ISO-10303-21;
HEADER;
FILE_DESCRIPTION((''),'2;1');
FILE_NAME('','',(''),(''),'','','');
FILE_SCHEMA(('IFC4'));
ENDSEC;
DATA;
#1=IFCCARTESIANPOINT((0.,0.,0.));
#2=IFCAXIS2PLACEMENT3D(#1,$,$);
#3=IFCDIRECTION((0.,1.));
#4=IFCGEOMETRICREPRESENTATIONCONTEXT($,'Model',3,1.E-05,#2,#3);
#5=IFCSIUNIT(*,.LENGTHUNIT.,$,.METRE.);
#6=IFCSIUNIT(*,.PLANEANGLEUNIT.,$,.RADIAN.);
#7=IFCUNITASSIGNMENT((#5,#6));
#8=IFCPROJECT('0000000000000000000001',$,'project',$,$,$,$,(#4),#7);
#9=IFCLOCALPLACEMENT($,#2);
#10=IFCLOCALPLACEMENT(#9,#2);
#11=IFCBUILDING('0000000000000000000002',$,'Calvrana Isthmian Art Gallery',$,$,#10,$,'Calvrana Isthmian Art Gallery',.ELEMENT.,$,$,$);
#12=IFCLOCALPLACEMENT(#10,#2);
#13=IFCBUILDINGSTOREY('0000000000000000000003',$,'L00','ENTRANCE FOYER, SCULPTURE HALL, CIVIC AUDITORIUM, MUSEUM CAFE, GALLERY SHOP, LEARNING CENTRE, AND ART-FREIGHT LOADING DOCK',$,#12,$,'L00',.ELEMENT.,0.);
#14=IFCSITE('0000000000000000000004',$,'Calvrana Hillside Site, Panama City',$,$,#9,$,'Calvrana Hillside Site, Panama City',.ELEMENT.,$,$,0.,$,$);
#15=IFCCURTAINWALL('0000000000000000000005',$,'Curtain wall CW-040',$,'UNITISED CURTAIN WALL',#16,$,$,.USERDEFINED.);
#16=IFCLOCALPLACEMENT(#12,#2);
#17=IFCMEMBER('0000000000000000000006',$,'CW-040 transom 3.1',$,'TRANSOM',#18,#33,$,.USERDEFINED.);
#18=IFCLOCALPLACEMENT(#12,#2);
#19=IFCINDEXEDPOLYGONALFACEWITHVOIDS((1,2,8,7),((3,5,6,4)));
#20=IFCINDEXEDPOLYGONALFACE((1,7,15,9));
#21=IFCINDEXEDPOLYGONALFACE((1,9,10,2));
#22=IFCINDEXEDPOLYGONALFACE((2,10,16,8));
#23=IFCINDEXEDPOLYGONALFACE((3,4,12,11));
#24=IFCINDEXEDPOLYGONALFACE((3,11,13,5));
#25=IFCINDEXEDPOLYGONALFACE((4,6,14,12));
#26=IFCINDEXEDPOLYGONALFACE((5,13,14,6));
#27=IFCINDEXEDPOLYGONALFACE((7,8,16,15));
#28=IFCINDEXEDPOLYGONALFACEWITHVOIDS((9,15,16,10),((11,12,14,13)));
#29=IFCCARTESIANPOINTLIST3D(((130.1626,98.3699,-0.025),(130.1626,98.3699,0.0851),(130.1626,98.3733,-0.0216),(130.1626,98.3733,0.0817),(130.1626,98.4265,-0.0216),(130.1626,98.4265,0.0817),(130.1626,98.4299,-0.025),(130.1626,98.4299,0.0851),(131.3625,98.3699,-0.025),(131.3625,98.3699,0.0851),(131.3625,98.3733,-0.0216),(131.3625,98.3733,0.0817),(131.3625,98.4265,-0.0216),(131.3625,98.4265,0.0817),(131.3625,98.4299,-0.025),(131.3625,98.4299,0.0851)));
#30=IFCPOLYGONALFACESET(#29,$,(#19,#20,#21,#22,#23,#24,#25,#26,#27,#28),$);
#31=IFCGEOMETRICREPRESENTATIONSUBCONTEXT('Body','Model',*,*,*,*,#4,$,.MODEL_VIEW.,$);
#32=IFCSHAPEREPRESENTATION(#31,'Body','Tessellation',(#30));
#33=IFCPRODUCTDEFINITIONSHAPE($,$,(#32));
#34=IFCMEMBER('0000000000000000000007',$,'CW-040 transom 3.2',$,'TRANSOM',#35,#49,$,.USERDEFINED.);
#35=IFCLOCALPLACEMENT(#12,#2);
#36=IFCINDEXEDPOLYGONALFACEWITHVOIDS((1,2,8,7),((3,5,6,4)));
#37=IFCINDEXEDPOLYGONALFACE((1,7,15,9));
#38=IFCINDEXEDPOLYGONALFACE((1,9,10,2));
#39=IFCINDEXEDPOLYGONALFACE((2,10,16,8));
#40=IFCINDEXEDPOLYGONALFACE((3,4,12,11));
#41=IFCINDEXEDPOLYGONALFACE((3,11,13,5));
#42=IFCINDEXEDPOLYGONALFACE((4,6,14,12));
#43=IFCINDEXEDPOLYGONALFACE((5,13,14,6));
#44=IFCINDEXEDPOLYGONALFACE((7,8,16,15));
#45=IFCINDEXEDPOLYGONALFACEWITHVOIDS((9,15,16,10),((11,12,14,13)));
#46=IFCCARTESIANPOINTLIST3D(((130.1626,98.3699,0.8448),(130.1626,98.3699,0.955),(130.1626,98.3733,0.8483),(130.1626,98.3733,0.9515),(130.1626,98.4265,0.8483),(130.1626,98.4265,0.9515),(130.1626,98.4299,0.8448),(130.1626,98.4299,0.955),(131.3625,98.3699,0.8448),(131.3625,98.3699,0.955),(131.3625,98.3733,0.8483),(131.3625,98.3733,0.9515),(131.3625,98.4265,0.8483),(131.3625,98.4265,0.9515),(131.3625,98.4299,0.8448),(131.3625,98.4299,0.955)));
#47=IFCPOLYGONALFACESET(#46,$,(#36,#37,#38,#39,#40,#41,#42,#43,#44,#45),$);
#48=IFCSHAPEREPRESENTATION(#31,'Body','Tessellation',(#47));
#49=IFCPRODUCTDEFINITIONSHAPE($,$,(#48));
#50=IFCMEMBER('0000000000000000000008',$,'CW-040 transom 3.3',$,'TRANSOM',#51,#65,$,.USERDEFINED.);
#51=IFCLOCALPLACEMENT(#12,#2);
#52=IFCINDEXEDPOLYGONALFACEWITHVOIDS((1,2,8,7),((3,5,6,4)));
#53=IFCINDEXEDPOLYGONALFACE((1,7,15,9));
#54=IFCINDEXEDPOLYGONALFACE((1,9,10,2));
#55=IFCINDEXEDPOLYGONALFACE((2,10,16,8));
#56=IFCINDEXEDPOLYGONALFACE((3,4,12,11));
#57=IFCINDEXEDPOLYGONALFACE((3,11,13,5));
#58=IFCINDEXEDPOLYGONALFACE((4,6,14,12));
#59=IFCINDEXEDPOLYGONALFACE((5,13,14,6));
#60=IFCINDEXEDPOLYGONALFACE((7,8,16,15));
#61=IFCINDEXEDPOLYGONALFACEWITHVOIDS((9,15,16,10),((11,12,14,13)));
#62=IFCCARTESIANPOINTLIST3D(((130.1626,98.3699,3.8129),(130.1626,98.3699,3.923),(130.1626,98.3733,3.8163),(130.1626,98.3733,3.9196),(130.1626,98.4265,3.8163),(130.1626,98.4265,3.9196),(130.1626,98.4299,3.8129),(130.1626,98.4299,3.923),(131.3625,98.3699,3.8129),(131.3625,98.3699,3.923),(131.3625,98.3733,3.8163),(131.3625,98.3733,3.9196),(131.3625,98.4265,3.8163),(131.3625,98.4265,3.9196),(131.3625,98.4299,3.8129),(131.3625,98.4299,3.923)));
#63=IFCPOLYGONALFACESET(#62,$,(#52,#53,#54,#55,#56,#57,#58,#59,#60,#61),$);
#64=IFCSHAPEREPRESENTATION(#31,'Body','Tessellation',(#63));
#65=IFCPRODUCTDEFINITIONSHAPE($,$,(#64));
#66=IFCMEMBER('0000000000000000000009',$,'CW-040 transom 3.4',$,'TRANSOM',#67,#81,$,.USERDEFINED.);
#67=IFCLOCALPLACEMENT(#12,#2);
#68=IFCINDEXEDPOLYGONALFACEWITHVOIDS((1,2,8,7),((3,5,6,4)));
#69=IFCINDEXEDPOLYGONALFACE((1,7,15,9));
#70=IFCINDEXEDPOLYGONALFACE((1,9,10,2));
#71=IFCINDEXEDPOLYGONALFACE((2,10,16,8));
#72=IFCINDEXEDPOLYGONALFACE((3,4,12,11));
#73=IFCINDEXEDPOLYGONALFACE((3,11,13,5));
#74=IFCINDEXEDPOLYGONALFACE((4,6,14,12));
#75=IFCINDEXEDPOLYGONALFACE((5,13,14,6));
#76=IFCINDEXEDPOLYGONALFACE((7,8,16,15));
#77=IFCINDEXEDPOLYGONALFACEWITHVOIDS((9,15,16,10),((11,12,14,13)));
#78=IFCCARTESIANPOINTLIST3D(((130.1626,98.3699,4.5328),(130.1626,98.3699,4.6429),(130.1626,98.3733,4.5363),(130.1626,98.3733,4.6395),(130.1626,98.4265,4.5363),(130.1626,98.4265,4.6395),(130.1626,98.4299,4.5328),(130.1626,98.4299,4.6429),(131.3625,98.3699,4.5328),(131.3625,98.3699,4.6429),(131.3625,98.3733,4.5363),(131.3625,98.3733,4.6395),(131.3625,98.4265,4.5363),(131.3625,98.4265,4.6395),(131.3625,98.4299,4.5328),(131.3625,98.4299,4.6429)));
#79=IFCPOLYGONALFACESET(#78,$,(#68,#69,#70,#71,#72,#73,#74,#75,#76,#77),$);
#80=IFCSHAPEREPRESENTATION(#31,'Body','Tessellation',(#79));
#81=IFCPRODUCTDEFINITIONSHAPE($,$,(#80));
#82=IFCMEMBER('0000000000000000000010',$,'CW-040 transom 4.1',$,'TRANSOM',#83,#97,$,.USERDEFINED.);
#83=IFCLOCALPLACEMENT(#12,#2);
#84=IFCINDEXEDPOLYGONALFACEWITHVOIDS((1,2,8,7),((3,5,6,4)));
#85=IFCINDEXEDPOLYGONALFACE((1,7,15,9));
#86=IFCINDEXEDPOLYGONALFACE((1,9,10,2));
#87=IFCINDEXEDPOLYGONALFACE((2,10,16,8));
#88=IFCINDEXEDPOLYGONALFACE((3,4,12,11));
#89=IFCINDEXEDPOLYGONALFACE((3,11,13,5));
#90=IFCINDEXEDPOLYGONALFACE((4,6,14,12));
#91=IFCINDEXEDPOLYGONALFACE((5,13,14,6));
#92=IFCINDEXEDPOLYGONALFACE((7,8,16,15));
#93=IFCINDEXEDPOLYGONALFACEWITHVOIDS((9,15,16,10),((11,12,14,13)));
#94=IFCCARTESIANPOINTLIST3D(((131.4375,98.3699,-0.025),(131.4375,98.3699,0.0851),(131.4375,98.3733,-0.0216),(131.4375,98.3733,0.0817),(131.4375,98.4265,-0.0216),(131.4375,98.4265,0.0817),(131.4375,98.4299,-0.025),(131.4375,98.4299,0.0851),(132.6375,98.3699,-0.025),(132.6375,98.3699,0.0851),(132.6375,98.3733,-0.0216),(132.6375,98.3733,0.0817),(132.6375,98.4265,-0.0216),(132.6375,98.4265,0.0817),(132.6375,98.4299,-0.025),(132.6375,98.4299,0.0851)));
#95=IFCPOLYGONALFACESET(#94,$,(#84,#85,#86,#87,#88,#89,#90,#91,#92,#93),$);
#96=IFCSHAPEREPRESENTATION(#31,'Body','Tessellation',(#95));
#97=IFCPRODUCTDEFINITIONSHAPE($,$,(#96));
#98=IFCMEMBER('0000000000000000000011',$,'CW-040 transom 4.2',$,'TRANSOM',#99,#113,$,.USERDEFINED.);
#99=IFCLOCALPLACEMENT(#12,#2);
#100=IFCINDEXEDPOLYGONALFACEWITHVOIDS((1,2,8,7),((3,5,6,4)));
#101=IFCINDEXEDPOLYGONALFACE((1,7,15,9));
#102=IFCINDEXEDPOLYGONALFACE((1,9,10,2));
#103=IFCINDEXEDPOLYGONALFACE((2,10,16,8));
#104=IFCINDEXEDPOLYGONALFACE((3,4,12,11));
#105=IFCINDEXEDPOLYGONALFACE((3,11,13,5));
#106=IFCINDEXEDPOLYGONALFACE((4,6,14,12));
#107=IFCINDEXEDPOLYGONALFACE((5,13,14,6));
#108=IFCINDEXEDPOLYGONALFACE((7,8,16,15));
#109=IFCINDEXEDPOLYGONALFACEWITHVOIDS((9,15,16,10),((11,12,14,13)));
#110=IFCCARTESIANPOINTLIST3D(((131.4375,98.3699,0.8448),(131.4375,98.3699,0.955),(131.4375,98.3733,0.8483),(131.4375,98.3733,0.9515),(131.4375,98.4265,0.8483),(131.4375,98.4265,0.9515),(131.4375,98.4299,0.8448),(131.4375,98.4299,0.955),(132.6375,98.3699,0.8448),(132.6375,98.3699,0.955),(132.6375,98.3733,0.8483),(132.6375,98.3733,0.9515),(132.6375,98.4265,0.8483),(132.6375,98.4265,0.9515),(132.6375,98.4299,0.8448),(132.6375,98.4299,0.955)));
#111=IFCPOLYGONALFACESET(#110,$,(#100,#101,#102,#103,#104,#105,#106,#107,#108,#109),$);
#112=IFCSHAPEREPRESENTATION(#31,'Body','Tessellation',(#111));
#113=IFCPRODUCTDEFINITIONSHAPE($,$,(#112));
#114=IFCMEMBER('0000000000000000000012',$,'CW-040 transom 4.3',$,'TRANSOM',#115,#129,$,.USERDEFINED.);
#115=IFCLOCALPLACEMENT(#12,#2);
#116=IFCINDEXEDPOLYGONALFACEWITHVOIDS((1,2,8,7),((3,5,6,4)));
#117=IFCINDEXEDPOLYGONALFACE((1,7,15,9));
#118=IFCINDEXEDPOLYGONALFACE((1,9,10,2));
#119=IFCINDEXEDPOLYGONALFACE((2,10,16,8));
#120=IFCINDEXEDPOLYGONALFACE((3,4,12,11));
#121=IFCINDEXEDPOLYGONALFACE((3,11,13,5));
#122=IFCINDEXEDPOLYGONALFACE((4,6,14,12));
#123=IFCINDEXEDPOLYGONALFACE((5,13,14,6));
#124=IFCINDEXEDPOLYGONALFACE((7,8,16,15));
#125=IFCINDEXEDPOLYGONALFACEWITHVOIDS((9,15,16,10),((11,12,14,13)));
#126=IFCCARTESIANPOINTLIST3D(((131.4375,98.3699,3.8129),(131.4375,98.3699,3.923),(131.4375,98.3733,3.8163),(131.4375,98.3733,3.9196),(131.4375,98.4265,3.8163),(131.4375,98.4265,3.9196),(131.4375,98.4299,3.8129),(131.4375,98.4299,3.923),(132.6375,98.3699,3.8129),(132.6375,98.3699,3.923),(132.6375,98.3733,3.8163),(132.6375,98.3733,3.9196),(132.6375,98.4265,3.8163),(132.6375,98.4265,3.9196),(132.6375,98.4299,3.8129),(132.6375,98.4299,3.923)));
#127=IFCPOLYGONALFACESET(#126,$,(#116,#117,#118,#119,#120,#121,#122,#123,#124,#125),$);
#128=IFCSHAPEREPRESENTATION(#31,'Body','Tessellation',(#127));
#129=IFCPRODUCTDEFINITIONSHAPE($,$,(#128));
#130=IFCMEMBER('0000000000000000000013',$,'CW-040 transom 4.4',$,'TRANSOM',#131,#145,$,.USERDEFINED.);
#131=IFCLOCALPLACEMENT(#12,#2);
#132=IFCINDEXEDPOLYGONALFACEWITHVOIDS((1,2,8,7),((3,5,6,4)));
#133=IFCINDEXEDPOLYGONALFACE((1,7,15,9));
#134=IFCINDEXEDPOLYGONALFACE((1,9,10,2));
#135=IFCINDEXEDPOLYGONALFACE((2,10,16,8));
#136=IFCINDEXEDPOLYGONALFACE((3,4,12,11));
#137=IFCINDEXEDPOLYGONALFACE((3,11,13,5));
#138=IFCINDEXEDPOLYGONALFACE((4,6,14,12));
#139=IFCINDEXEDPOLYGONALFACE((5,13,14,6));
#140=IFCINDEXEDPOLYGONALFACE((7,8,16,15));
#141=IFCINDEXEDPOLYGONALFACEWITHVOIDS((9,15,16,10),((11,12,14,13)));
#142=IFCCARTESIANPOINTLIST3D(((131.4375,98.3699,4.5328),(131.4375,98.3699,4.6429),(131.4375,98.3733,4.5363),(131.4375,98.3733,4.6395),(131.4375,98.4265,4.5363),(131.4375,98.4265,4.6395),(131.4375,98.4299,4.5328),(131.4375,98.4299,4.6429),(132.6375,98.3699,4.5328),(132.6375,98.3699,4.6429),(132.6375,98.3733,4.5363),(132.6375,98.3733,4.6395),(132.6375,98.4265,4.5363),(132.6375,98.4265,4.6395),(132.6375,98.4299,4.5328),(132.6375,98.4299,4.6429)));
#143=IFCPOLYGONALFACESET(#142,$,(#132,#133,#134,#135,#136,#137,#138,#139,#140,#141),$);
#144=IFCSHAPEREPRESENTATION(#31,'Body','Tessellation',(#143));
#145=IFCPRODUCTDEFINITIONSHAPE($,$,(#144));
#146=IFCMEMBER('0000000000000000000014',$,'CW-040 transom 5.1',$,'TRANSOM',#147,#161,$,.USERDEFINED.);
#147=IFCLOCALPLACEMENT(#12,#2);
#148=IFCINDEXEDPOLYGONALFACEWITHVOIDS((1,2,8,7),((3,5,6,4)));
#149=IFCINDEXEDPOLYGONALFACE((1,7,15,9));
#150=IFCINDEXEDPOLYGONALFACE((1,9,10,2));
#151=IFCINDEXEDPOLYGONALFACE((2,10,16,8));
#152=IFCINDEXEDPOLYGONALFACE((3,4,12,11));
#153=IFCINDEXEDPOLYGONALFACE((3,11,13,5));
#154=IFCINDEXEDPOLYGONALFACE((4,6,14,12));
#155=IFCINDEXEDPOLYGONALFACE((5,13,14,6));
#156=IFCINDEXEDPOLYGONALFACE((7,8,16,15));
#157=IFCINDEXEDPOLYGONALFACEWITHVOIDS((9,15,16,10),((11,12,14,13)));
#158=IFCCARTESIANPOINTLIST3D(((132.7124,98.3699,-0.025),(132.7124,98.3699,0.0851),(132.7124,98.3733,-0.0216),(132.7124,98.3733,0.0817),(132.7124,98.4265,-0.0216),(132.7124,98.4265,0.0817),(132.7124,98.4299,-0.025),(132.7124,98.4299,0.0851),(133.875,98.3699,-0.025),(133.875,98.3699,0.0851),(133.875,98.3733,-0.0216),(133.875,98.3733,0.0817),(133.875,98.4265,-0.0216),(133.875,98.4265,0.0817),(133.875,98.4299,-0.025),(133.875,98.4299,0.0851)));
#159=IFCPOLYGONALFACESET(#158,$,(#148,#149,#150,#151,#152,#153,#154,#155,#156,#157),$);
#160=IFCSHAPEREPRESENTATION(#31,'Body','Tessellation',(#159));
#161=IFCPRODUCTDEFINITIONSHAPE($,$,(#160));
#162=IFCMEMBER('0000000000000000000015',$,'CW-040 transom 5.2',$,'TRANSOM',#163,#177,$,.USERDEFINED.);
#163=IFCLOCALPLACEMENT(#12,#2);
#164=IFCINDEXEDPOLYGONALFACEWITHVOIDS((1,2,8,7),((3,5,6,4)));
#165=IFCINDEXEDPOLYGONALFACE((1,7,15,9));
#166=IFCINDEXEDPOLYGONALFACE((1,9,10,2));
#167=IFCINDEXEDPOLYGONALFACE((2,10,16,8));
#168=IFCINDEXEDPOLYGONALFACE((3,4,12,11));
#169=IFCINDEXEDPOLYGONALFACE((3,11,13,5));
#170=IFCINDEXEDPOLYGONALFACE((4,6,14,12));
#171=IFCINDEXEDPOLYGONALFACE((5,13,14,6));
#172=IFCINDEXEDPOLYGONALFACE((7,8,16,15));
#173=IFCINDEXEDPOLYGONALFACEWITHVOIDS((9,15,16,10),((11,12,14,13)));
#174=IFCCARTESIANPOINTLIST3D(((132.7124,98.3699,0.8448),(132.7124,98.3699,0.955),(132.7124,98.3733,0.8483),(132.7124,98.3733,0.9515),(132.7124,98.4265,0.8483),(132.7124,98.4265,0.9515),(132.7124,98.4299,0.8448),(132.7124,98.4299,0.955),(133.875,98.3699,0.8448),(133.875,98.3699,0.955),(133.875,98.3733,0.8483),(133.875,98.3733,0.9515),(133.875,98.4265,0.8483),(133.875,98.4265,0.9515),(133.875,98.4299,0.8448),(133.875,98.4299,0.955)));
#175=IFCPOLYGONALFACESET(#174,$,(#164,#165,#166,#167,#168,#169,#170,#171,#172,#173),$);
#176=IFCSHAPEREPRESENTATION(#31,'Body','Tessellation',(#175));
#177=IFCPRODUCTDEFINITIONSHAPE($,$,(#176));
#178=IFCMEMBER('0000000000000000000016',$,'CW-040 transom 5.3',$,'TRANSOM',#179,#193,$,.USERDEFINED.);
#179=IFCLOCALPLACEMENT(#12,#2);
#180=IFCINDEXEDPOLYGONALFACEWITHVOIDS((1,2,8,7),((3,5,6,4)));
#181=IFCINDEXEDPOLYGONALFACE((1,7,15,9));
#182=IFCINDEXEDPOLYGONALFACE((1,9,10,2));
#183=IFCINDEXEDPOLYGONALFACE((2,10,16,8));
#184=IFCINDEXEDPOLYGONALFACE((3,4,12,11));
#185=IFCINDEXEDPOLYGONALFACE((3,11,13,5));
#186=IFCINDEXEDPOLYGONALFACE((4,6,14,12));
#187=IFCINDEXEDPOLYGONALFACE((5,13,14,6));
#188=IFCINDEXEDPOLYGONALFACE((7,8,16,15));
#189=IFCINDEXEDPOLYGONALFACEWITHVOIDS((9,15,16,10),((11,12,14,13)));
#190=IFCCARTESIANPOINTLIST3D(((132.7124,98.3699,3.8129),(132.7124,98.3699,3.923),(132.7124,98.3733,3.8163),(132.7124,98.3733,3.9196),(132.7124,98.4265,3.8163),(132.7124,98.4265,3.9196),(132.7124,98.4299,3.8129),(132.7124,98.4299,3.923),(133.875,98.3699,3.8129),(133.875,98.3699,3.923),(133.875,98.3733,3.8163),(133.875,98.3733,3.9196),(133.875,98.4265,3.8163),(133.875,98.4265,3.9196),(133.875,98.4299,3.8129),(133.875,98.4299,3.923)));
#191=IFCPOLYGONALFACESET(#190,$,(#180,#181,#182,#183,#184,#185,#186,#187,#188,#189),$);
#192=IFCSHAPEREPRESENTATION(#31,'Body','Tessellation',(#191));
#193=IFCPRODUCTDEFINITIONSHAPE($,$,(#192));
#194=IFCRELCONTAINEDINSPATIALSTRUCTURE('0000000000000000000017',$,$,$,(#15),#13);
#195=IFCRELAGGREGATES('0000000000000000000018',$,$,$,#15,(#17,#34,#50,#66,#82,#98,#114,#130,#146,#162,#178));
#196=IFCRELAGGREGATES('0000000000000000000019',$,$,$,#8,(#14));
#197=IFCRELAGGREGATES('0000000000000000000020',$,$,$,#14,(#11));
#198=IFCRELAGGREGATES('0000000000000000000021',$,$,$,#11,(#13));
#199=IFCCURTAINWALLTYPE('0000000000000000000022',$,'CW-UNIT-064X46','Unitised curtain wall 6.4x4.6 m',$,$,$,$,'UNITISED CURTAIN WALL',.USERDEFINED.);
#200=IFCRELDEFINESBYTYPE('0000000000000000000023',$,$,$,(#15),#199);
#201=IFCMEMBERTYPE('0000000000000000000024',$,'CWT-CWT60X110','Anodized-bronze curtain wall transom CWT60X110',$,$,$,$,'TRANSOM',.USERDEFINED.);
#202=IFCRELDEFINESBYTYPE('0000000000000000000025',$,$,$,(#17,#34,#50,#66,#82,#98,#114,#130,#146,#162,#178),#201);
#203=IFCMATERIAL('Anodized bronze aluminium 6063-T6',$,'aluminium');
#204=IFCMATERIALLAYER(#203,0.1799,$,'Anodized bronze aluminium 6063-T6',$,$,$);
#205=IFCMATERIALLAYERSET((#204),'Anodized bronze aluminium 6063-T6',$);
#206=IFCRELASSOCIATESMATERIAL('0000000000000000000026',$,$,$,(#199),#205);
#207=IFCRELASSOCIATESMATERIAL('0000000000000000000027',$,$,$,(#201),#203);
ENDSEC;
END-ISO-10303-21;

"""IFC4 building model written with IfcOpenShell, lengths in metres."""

from ifc_helpers import new_model, si_unit, direction, frame, origin, origin_2d, place, context, subcontext, project, spatial, hollow_rectangle, extrude, material, layer, layer_set, material_profile, profile_set, type_object, element, aggregate, save


model = new_model("IFC4")

# Units and contexts
model_context = context("Model", 3, precision=1e-05, world=origin(), true_north=direction((0.0, 1.0)))
body_context = subcontext(model_context, "Body", "Model", "MODEL_VIEW")
ifc_project = project(units=[si_unit("LENGTHUNIT", "METRE"), si_unit("PLANEANGLEUNIT", "RADIAN")], contexts=[model_context])

# Site, building, storey
site_placement = place(None, origin())
site = spatial("IfcSite", under=ifc_project, at=site_placement, Name="Calvrana Hillside Site, Panama City", LongName="Calvrana Hillside Site, Panama City", CompositionType="ELEMENT", RefElevation=0.0)
building_placement = place(site_placement, origin())
building = spatial("IfcBuilding", under=site, at=building_placement, Name="Calvrana Isthmian Art Gallery", LongName="Calvrana Isthmian Art Gallery", CompositionType="ELEMENT")
storey_placement = place(building_placement, origin())
storey = spatial("IfcBuildingStorey", under=building, at=storey_placement, Name="L00", Description="ENTRANCE FOYER, SCULPTURE HALL, CIVIC AUDITORIUM, MUSEUM CAFE, GALLERY SHOP, LEARNING CENTRE, AND ART-FREIGHT LOADING DOCK", LongName="L00", CompositionType="ELEMENT", Elevation=0.0)

# Curtain wall, members
ifc_material_1 = material(Name="Anodized bronze aluminium 6063-T6", Category="aluminium")
ifc_layer_1 = layer(ifc_material_1, 0.1799, Name="Anodized bronze aluminium 6063-T6")
ifc_layer_set_1 = layer_set([ifc_layer_1], Name="Anodized bronze aluminium 6063-T6")
curtain_wall_type = type_object("IfcCurtainWallType", Name="CW-UNIT-064X46", Description="Unitised curtain wall 6.4x4.6 m", ElementType="UNITISED CURTAIN WALL", PredefinedType="USERDEFINED", material=ifc_layer_set_1)
curtain_wall_placement = place(storey_placement, origin())
curtain_wall = element("IfcCurtainWall", 1, at=curtain_wall_placement, inside=storey, type_object=curtain_wall_type, Name="Curtain wall CW-040", ObjectType="UNITISED CURTAIN WALL", PredefinedType="USERDEFINED")
ifc_material_profile_1 = material_profile(ifc_material_1, hollow_rectangle(XDim=0.0601, YDim=0.1101, WallThickness=0.0034, at=origin_2d()), Name="CWT60X110")
ifc_profile_set_1 = profile_set([ifc_material_profile_1], Name="Anodized bronze aluminium 6063-T6")
member_type_1 = type_object("IfcMemberType", Name="CWT-CWT60X110", Description="Anodized-bronze curtain wall transom CWT60X110", ElementType="TRANSOM", PredefinedType="USERDEFINED", material=ifc_profile_set_1)
member_1_placement = place(storey_placement, frame((130.1626, 98.3999, 0.03), z_axis=(1.0, 0.0, 0.0), x_axis=(0.0, 1.0, 0.0)))
member_1 = element("IfcMember", 2, at=member_1_placement, type_object=member_type_1, Name="CW-040 transom 3.1", ObjectType="TRANSOM", PredefinedType="USERDEFINED", context=body_context, shape_type="SweptSolid", body=[
    extrude(hollow_rectangle(XDim=0.0601, YDim=0.1101, WallThickness=0.0034, at=origin_2d()), origin(), (0.0, 0.0, 1.0), 1.2),
])
member_2_placement = place(storey_placement, frame((130.1626, 98.3999, 0.8999), z_axis=(1.0, 0.0, 0.0), x_axis=(0.0, 1.0, 0.0)))
member_2 = element("IfcMember", 3, at=member_2_placement, type_object=member_type_1, Name="CW-040 transom 3.2", ObjectType="TRANSOM", PredefinedType="USERDEFINED", context=body_context, shape_type="SweptSolid", body=[
    extrude(hollow_rectangle(XDim=0.0601, YDim=0.1101, WallThickness=0.0034, at=origin_2d()), origin(), (0.0, 0.0, 1.0), 1.2),
])
member_3_placement = place(storey_placement, frame((130.1626, 98.3999, 3.8679), z_axis=(1.0, 0.0, 0.0), x_axis=(0.0, 1.0, 0.0)))
member_3 = element("IfcMember", 4, at=member_3_placement, type_object=member_type_1, Name="CW-040 transom 3.3", ObjectType="TRANSOM", PredefinedType="USERDEFINED", context=body_context, shape_type="SweptSolid", body=[
    extrude(hollow_rectangle(XDim=0.0601, YDim=0.1101, WallThickness=0.0034, at=origin_2d()), origin(), (0.0, 0.0, 1.0), 1.2),
])
member_4_placement = place(storey_placement, frame((130.1626, 98.3999, 4.5879), z_axis=(1.0, 0.0, 0.0), x_axis=(0.0, 1.0, 0.0)))
member_4 = element("IfcMember", 5, at=member_4_placement, type_object=member_type_1, Name="CW-040 transom 3.4", ObjectType="TRANSOM", PredefinedType="USERDEFINED", context=body_context, shape_type="SweptSolid", body=[
    extrude(hollow_rectangle(XDim=0.0601, YDim=0.1101, WallThickness=0.0034, at=origin_2d()), origin(), (0.0, 0.0, 1.0), 1.2),
])
member_5_placement = place(storey_placement, frame((131.4375, 98.3999, 0.03), z_axis=(1.0, 0.0, 0.0), x_axis=(0.0, 1.0, 0.0)))
member_5 = element("IfcMember", 6, at=member_5_placement, type_object=member_type_1, Name="CW-040 transom 4.1", ObjectType="TRANSOM", PredefinedType="USERDEFINED", context=body_context, shape_type="SweptSolid", body=[
    extrude(hollow_rectangle(XDim=0.0601, YDim=0.1101, WallThickness=0.0034, at=origin_2d()), origin(), (0.0, 0.0, 1.0), 1.2),
])
member_6_placement = place(storey_placement, frame((131.4375, 98.3999, 0.8999), z_axis=(1.0, 0.0, 0.0), x_axis=(0.0, 1.0, 0.0)))
member_6 = element("IfcMember", 7, at=member_6_placement, type_object=member_type_1, Name="CW-040 transom 4.2", ObjectType="TRANSOM", PredefinedType="USERDEFINED", context=body_context, shape_type="SweptSolid", body=[
    extrude(hollow_rectangle(XDim=0.0601, YDim=0.1101, WallThickness=0.0034, at=origin_2d()), origin(), (0.0, 0.0, 1.0), 1.2),
])
member_7_placement = place(storey_placement, frame((131.4375, 98.3999, 3.8679), z_axis=(1.0, 0.0, 0.0), x_axis=(0.0, 1.0, 0.0)))
member_7 = element("IfcMember", 8, at=member_7_placement, type_object=member_type_1, Name="CW-040 transom 4.3", ObjectType="TRANSOM", PredefinedType="USERDEFINED", context=body_context, shape_type="SweptSolid", body=[
    extrude(hollow_rectangle(XDim=0.0601, YDim=0.1101, WallThickness=0.0034, at=origin_2d()), origin(), (0.0, 0.0, 1.0), 1.2),
])
member_8_placement = place(storey_placement, frame((131.4375, 98.3999, 4.5879), z_axis=(1.0, 0.0, 0.0), x_axis=(0.0, 1.0, 0.0)))
member_8 = element("IfcMember", 9, at=member_8_placement, type_object=member_type_1, Name="CW-040 transom 4.4", ObjectType="TRANSOM", PredefinedType="USERDEFINED", context=body_context, shape_type="SweptSolid", body=[
    extrude(hollow_rectangle(XDim=0.0601, YDim=0.1101, WallThickness=0.0034, at=origin_2d()), origin(), (0.0, 0.0, 1.0), 1.2),
])
member_9_placement = place(storey_placement, frame((132.7124, 98.3999, 0.03), z_axis=(1.0, 0.0, 0.0), x_axis=(0.0, 1.0, 0.0)))
member_9 = element("IfcMember", 10, at=member_9_placement, type_object=member_type_1, Name="CW-040 transom 5.1", ObjectType="TRANSOM", PredefinedType="USERDEFINED", context=body_context, shape_type="SweptSolid", body=[
    extrude(hollow_rectangle(XDim=0.0601, YDim=0.1101, WallThickness=0.0034, at=origin_2d()), origin(), (0.0, 0.0, 1.0), 1.1626),
])
member_10_placement = place(storey_placement, frame((132.7124, 98.3999, 0.8999), z_axis=(1.0, 0.0, 0.0), x_axis=(0.0, 1.0, 0.0)))
member_10 = element("IfcMember", 11, at=member_10_placement, type_object=member_type_1, Name="CW-040 transom 5.2", ObjectType="TRANSOM", PredefinedType="USERDEFINED", context=body_context, shape_type="SweptSolid", body=[
    extrude(hollow_rectangle(XDim=0.0601, YDim=0.1101, WallThickness=0.0034, at=origin_2d()), origin(), (0.0, 0.0, 1.0), 1.1626),
])
member_11_placement = place(storey_placement, frame((132.7124, 98.3999, 3.8679), z_axis=(1.0, 0.0, 0.0), x_axis=(0.0, 1.0, 0.0)))
member_11 = element("IfcMember", 12, at=member_11_placement, type_object=member_type_1, Name="CW-040 transom 5.3", ObjectType="TRANSOM", PredefinedType="USERDEFINED", context=body_context, shape_type="SweptSolid", body=[
    extrude(hollow_rectangle(XDim=0.0601, YDim=0.1101, WallThickness=0.0034, at=origin_2d()), origin(), (0.0, 0.0, 1.0), 1.1626),
])
aggregate(curtain_wall, [member_1, member_2, member_3, member_4, member_5, member_6, member_7, member_8, member_9, member_10, member_11])

save(model, "model.ifc")
